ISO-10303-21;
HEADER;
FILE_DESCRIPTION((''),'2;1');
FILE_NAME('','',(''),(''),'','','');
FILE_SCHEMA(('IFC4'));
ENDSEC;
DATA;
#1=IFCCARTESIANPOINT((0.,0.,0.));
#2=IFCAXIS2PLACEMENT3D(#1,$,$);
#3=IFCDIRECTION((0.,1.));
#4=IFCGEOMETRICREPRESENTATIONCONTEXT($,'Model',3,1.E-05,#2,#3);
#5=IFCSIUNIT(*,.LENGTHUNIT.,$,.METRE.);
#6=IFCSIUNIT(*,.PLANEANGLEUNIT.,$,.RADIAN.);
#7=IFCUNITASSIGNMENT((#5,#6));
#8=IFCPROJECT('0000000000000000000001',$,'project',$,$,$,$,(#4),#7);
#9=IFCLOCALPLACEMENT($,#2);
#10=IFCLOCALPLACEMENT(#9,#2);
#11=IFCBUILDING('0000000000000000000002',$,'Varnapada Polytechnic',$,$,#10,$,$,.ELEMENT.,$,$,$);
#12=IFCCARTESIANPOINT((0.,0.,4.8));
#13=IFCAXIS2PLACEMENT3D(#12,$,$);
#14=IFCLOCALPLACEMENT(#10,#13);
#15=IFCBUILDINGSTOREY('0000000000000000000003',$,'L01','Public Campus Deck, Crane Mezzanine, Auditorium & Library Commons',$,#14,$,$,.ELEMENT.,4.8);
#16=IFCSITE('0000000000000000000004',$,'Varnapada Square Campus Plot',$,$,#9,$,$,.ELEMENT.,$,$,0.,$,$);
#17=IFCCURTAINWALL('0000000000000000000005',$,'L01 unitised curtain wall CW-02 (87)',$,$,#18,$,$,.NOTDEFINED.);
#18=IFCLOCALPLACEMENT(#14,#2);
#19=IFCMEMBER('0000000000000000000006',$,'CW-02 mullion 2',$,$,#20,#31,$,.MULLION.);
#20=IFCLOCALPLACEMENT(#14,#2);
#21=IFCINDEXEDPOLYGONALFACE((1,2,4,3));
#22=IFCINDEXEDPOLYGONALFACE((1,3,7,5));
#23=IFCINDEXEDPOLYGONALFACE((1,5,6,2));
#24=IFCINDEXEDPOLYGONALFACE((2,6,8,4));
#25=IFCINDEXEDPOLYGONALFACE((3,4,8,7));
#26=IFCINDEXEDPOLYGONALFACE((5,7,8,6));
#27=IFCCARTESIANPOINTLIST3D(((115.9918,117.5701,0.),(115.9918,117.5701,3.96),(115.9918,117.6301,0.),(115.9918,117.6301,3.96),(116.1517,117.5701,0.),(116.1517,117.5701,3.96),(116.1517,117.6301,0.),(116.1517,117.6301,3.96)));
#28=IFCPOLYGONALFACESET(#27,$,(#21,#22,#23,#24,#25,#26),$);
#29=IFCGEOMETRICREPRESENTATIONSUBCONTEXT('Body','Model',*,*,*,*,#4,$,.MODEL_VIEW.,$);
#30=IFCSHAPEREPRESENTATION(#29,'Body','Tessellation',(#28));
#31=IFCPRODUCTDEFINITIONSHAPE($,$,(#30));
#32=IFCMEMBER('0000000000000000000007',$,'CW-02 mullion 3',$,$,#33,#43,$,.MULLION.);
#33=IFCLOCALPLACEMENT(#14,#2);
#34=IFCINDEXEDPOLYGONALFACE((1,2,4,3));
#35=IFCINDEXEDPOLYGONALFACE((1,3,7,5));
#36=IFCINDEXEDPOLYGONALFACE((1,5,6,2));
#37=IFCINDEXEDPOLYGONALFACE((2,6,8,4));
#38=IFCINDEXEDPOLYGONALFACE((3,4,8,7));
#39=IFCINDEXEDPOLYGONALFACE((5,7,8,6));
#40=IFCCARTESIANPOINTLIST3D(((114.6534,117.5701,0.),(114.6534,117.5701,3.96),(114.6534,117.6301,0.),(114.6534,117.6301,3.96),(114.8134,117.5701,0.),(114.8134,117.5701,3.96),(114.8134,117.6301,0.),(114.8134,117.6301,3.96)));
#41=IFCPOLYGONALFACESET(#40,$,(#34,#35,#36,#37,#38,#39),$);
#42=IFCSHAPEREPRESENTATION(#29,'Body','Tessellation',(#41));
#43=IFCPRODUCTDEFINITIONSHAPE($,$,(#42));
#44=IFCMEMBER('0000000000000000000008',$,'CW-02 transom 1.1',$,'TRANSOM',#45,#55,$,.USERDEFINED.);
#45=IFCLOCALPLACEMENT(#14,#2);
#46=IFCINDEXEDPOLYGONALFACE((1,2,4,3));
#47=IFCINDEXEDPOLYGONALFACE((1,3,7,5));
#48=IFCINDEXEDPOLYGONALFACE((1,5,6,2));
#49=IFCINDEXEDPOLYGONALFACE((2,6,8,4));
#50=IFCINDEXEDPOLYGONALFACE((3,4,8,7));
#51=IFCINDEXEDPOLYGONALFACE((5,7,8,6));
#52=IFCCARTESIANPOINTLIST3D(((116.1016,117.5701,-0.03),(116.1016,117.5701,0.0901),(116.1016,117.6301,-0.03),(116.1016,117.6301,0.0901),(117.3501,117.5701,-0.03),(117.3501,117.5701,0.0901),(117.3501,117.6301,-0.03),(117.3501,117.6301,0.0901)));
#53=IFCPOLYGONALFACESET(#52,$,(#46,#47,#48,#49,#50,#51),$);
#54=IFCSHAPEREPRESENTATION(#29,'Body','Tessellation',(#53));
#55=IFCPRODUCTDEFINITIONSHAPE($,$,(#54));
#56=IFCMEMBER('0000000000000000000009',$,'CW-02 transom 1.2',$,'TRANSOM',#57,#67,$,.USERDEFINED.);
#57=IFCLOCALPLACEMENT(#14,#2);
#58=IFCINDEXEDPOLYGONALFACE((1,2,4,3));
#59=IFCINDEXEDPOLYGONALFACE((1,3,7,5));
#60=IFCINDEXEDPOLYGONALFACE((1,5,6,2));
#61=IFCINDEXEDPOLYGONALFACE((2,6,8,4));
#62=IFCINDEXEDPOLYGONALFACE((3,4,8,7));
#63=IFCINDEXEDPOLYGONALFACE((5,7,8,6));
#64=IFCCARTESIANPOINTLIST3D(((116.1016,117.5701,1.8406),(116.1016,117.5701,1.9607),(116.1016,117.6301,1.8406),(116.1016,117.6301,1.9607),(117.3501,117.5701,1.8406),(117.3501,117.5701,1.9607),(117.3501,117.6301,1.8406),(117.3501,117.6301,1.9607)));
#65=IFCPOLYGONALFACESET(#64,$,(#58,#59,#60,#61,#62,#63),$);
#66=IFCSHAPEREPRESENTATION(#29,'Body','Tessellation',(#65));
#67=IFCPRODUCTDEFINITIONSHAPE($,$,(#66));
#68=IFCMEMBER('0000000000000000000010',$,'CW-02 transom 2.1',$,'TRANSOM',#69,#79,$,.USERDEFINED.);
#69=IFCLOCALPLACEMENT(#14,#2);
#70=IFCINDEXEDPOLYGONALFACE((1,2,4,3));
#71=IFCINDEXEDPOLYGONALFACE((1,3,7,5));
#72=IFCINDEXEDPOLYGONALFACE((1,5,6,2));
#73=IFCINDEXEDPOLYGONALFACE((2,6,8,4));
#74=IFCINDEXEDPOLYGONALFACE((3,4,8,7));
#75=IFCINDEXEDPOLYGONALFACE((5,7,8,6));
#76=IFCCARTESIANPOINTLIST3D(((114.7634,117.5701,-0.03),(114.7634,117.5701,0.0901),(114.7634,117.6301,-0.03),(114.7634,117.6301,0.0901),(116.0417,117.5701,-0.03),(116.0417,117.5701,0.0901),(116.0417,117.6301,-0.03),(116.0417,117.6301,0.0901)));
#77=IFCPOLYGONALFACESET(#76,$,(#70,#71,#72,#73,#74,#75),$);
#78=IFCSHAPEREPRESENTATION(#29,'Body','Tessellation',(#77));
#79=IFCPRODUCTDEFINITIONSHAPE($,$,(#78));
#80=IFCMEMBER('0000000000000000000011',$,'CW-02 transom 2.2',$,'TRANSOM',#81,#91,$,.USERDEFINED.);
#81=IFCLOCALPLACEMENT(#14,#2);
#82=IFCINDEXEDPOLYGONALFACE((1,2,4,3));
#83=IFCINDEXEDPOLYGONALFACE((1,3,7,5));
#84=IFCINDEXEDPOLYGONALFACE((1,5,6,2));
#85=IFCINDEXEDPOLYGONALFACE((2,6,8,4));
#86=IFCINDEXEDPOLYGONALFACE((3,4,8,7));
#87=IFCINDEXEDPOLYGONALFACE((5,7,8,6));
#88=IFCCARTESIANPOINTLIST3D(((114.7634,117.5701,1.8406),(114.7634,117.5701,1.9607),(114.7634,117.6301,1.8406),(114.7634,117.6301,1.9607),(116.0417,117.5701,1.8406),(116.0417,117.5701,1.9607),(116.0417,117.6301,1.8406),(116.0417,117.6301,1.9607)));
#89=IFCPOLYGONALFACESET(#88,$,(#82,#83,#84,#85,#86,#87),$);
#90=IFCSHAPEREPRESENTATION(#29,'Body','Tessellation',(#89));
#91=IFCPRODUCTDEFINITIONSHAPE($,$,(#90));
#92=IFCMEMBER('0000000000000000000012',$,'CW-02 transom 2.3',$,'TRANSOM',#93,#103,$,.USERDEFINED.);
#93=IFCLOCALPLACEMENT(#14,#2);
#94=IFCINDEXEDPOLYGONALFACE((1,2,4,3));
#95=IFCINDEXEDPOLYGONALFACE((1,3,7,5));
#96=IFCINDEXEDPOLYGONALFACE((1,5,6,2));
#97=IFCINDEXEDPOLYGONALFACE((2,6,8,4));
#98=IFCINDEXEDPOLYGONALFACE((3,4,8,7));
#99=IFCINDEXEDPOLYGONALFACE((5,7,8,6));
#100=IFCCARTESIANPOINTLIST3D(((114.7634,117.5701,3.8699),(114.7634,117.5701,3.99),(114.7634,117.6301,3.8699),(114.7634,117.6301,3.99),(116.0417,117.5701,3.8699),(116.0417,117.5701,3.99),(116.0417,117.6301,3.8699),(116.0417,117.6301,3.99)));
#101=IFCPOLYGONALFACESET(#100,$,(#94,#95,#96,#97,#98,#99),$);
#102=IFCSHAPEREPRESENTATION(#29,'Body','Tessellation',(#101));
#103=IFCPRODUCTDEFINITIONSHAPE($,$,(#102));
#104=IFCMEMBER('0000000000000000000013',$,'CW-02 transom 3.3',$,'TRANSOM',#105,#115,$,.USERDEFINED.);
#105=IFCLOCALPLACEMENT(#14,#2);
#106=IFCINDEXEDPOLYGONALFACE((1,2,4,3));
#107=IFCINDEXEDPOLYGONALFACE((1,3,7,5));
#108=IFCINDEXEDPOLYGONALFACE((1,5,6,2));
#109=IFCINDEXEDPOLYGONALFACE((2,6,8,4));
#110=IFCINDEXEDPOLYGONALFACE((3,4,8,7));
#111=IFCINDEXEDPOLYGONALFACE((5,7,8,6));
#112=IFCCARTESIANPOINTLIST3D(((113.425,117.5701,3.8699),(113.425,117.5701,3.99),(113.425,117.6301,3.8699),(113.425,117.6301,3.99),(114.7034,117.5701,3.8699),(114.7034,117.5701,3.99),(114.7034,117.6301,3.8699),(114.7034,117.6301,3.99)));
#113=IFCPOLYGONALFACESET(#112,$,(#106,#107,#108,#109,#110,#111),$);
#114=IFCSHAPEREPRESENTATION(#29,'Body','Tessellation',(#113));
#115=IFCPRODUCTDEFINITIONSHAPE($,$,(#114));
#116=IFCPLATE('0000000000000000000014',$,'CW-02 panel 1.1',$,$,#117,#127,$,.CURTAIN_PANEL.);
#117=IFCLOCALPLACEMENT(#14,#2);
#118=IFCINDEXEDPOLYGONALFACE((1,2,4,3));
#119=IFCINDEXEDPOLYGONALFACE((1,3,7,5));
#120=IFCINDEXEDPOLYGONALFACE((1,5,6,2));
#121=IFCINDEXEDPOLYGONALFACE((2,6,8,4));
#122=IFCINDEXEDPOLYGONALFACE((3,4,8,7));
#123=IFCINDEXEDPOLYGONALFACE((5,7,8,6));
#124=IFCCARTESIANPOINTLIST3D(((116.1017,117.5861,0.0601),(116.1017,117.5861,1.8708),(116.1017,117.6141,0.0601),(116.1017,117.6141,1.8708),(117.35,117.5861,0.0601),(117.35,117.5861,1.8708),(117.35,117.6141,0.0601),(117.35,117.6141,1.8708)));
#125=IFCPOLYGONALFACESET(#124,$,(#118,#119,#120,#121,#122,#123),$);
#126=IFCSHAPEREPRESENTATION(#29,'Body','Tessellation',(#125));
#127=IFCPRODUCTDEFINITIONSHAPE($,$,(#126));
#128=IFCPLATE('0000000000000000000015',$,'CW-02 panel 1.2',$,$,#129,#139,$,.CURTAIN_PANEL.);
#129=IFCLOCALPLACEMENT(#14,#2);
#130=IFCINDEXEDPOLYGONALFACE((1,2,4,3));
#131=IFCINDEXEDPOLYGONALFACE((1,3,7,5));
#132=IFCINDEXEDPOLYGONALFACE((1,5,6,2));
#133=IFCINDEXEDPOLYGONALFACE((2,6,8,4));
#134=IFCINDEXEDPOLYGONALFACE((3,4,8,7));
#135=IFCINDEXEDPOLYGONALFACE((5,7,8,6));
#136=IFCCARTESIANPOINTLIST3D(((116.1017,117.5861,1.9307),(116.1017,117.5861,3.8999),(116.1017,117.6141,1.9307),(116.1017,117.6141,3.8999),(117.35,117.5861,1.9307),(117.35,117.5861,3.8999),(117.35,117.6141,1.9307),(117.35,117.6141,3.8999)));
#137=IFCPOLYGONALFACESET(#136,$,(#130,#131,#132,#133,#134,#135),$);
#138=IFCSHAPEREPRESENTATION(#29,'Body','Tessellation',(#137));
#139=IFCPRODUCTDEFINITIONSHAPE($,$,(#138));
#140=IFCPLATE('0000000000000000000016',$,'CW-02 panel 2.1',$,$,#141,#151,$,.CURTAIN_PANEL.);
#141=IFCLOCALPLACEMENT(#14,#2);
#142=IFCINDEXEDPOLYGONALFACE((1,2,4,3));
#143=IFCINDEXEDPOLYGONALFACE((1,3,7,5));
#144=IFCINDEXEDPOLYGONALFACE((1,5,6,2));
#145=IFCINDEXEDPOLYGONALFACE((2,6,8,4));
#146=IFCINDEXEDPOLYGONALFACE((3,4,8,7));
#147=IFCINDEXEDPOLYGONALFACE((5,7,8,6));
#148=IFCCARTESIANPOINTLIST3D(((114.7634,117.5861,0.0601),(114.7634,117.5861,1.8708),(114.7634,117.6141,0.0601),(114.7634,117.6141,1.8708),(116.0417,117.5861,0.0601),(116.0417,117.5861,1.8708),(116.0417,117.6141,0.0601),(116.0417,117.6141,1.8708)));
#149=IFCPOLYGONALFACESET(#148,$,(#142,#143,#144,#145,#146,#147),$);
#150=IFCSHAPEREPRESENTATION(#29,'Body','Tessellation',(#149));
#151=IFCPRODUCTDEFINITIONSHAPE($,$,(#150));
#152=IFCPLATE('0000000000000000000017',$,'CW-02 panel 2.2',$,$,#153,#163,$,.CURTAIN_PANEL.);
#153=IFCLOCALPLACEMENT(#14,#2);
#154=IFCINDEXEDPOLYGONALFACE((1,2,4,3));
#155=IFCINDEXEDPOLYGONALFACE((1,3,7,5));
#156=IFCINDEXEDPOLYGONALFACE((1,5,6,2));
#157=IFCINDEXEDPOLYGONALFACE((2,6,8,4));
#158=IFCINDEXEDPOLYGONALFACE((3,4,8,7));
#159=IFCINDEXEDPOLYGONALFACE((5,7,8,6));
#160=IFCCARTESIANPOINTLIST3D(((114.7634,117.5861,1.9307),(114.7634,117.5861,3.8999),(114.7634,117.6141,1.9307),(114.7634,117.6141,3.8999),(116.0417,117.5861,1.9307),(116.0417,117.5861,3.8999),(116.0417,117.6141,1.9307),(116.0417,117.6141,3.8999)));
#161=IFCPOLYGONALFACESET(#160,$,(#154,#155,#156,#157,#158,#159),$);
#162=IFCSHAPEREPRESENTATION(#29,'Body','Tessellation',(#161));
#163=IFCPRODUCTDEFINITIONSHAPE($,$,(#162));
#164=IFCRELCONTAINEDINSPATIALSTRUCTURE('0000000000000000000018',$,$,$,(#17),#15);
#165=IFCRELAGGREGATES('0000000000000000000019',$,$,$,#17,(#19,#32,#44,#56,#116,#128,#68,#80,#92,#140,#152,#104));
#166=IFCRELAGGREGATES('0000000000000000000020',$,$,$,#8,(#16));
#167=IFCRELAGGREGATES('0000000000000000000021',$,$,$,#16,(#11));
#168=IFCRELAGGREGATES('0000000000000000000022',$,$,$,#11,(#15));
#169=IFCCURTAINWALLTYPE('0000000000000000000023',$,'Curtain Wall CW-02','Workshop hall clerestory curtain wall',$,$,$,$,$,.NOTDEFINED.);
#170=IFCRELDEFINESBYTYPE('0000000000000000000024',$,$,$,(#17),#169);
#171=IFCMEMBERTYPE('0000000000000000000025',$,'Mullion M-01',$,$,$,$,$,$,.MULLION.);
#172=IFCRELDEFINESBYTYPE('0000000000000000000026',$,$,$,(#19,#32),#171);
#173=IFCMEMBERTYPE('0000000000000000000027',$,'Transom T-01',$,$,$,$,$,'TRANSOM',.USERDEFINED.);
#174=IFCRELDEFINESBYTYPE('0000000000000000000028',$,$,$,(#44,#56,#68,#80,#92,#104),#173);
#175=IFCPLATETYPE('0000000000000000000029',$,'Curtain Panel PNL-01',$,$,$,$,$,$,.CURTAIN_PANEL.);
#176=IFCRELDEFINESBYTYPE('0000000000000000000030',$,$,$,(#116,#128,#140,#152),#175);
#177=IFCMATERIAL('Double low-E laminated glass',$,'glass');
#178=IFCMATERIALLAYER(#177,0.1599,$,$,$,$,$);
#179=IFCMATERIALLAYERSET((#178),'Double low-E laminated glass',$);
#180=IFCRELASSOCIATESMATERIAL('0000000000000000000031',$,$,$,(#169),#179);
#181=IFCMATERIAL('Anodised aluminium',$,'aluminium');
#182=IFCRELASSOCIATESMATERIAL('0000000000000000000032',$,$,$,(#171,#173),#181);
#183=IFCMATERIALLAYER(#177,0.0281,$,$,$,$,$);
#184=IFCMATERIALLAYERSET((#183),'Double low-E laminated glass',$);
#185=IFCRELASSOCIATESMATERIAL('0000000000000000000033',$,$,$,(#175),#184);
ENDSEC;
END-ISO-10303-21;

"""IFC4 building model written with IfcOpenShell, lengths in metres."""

from ifc_helpers import new_model, si_unit, direction, frame, origin, origin_2d, place, context, subcontext, project, spatial, rectangle, extrude, material, layer, layer_set, material_profile, profile_set, type_object, element, aggregate, save


model = new_model("IFC4")

# Units and contexts
model_context = context("Model", 3, precision=1e-05, world=origin(), true_north=direction((0.0, 1.0)))
body_context = subcontext(model_context, "Body", "Model", "MODEL_VIEW")
ifc_project = project(units=[si_unit("LENGTHUNIT", "METRE"), si_unit("PLANEANGLEUNIT", "RADIAN")], contexts=[model_context])

# Site, building, storey
site_placement = place(None, origin())
site = spatial("IfcSite", under=ifc_project, at=site_placement, Name="Varnapada Square Campus Plot", CompositionType="ELEMENT", RefElevation=0.0)
building_placement = place(site_placement, origin())
building = spatial("IfcBuilding", under=site, at=building_placement, Name="Varnapada Polytechnic", CompositionType="ELEMENT")
storey_placement = place(building_placement, frame((0.0, 0.0, 4.8)))
storey = spatial("IfcBuildingStorey", under=building, at=storey_placement, Name="L01", Description="Public Campus Deck, Crane Mezzanine, Auditorium & Library Commons", CompositionType="ELEMENT", Elevation=4.8)

# Curtain wall, members, plates
ifc_material_1 = material(Name="Double low-E laminated glass", Category="glass")
ifc_layer_1 = layer(ifc_material_1, 0.1599)
ifc_layer_set_1 = layer_set([ifc_layer_1], Name="Double low-E laminated glass")
curtain_wall_type = type_object("IfcCurtainWallType", Name="Curtain Wall CW-02", Description="Workshop hall clerestory curtain wall", PredefinedType="NOTDEFINED", material=ifc_layer_set_1)
curtain_wall_placement = place(storey_placement, origin())
curtain_wall = element("IfcCurtainWall", 1, at=curtain_wall_placement, inside=storey, type_object=curtain_wall_type, Name="L01 unitised curtain wall CW-02 (87)", PredefinedType="NOTDEFINED")
ifc_material_2 = material(Name="Anodised aluminium", Category="aluminium")
ifc_material_profile_1 = material_profile(ifc_material_2, rectangle(XDim=0.0601, YDim=0.1599, at=origin_2d()), Name="ALU M60x160")
ifc_profile_set_1 = profile_set([ifc_material_profile_1], Name="Anodised aluminium")
member_type_1 = type_object("IfcMemberType", Name="Mullion M-01", PredefinedType="MULLION", material=ifc_profile_set_1)
member_1_placement = place(storey_placement, frame((116.0718, 117.6001, 0.0), z_axis=(0.0, 0.0, 1.0), x_axis=(0.0, -1.0, 0.0)))
member_1 = element("IfcMember", 2, at=member_1_placement, type_object=member_type_1, Name="CW-02 mullion 2", PredefinedType="MULLION", context=body_context, shape_type="SweptSolid", body=[
    extrude(rectangle(XDim=0.0601, YDim=0.1599, at=origin_2d()), origin(), (0.0, 0.0, 1.0), 3.96),
])
member_2_placement = place(storey_placement, frame((114.7334, 117.6001, 0.0), z_axis=(0.0, 0.0, 1.0), x_axis=(0.0, -1.0, 0.0)))
member_2 = element("IfcMember", 3, at=member_2_placement, type_object=member_type_1, Name="CW-02 mullion 3", PredefinedType="MULLION", context=body_context, shape_type="SweptSolid", body=[
    extrude(rectangle(XDim=0.0601, YDim=0.1599, at=origin_2d()), origin(), (0.0, 0.0, 1.0), 3.96),
])
ifc_material_profile_2 = material_profile(ifc_material_2, rectangle(XDim=0.0601, YDim=0.1201, at=origin_2d()), Name="ALU T60x120")
ifc_profile_set_2 = profile_set([ifc_material_profile_2], Name="Anodised aluminium")
member_type_2 = type_object("IfcMemberType", Name="Transom T-01", ElementType="TRANSOM", PredefinedType="USERDEFINED", material=ifc_profile_set_2)
member_3_placement = place(storey_placement, frame((117.3501, 117.6001, 0.03), z_axis=(-1.0, 0.0, 0.0), x_axis=(0.0, -1.0, 0.0)))
member_3 = element("IfcMember", 4, at=member_3_placement, type_object=member_type_2, Name="CW-02 transom 1.1", ObjectType="TRANSOM", PredefinedType="USERDEFINED", context=body_context, shape_type="SweptSolid", body=[
    extrude(rectangle(XDim=0.0601, YDim=0.1201, at=origin_2d()), origin(), (0.0, 0.0, 1.0), 1.2485),
])
member_4_placement = place(storey_placement, frame((117.3501, 117.6001, 1.9006), z_axis=(-1.0, 0.0, 0.0), x_axis=(0.0, -1.0, 0.0)))
member_4 = element("IfcMember", 5, at=member_4_placement, type_object=member_type_2, Name="CW-02 transom 1.2", ObjectType="TRANSOM", PredefinedType="USERDEFINED", context=body_context, shape_type="SweptSolid", body=[
    extrude(rectangle(XDim=0.0601, YDim=0.1201, at=origin_2d()), origin(), (0.0, 0.0, 1.0), 1.2485),
])
member_5_placement = place(storey_placement, frame((116.0417, 117.6001, 0.03), z_axis=(-1.0, 0.0, 0.0), x_axis=(0.0, -1.0, 0.0)))
member_5 = element("IfcMember", 6, at=member_5_placement, type_object=member_type_2, Name="CW-02 transom 2.1", ObjectType="TRANSOM", PredefinedType="USERDEFINED", context=body_context, shape_type="SweptSolid", body=[
    extrude(rectangle(XDim=0.0601, YDim=0.1201, at=origin_2d()), origin(), (0.0, 0.0, 1.0), 1.2783),
])
member_6_placement = place(storey_placement, frame((116.0417, 117.6001, 1.9006), z_axis=(-1.0, 0.0, 0.0), x_axis=(0.0, -1.0, 0.0)))
member_6 = element("IfcMember", 7, at=member_6_placement, type_object=member_type_2, Name="CW-02 transom 2.2", ObjectType="TRANSOM", PredefinedType="USERDEFINED", context=body_context, shape_type="SweptSolid", body=[
    extrude(rectangle(XDim=0.0601, YDim=0.1201, at=origin_2d()), origin(), (0.0, 0.0, 1.0), 1.2783),
])
member_7_placement = place(storey_placement, frame((116.0417, 117.6001, 3.9299), z_axis=(-1.0, 0.0, 0.0), x_axis=(0.0, -1.0, 0.0)))
member_7 = element("IfcMember", 8, at=member_7_placement, type_object=member_type_2, Name="CW-02 transom 2.3", ObjectType="TRANSOM", PredefinedType="USERDEFINED", context=body_context, shape_type="SweptSolid", body=[
    extrude(rectangle(XDim=0.0601, YDim=0.1201, at=origin_2d()), origin(), (0.0, 0.0, 1.0), 1.2783),
])
member_8_placement = place(storey_placement, frame((114.7034, 117.6001, 3.9299), z_axis=(-1.0, 0.0, 0.0), x_axis=(0.0, -1.0, 0.0)))
member_8 = element("IfcMember", 9, at=member_8_placement, type_object=member_type_2, Name="CW-02 transom 3.3", ObjectType="TRANSOM", PredefinedType="USERDEFINED", context=body_context, shape_type="SweptSolid", body=[
    extrude(rectangle(XDim=0.0601, YDim=0.1201, at=origin_2d()), origin(), (0.0, 0.0, 1.0), 1.2783),
])
ifc_layer_2 = layer(ifc_material_1, 0.0281)
ifc_layer_set_2 = layer_set([ifc_layer_2], Name="Double low-E laminated glass")
plate_type = type_object("IfcPlateType", Name="Curtain Panel PNL-01", PredefinedType="CURTAIN_PANEL", material=ifc_layer_set_2)
plate_1_placement = place(storey_placement, frame((116.7258, 117.6001, 0.0601), z_axis=(0.0, 0.0, 1.0), x_axis=(-1.0, 0.0, 0.0)))
plate_1 = element("IfcPlate", 10, at=plate_1_placement, type_object=plate_type, Name="CW-02 panel 1.1", PredefinedType="CURTAIN_PANEL", context=body_context, shape_type="SweptSolid", body=[
    extrude(rectangle(XDim=1.2483, YDim=0.0281, at=origin_2d()), origin(), (0.0, 0.0, 1.0), 1.8108),
])
plate_2_placement = place(storey_placement, frame((116.7258, 117.6001, 1.9307), z_axis=(0.0, 0.0, 1.0), x_axis=(-1.0, 0.0, 0.0)))
plate_2 = element("IfcPlate", 11, at=plate_2_placement, type_object=plate_type, Name="CW-02 panel 1.2", PredefinedType="CURTAIN_PANEL", context=body_context, shape_type="SweptSolid", body=[
    extrude(rectangle(XDim=1.2483, YDim=0.0281, at=origin_2d()), origin(), (0.0, 0.0, 1.0), 1.9692),
])
plate_3_placement = place(storey_placement, frame((115.4026, 117.6001, 0.0601), z_axis=(0.0, 0.0, 1.0), x_axis=(-1.0, 0.0, 0.0)))
plate_3 = element("IfcPlate", 12, at=plate_3_placement, type_object=plate_type, Name="CW-02 panel 2.1", PredefinedType="CURTAIN_PANEL", context=body_context, shape_type="SweptSolid", body=[
    extrude(rectangle(XDim=1.2783, YDim=0.0281, at=origin_2d()), origin(), (0.0, 0.0, 1.0), 1.8108),
])
plate_4_placement = place(storey_placement, frame((115.4026, 117.6001, 1.9307), z_axis=(0.0, 0.0, 1.0), x_axis=(-1.0, 0.0, 0.0)))
plate_4 = element("IfcPlate", 13, at=plate_4_placement, type_object=plate_type, Name="CW-02 panel 2.2", PredefinedType="CURTAIN_PANEL", context=body_context, shape_type="SweptSolid", body=[
    extrude(rectangle(XDim=1.2783, YDim=0.0281, at=origin_2d()), origin(), (0.0, 0.0, 1.0), 1.9692),
])
aggregate(curtain_wall, [member_1, member_2, member_3, member_4, plate_1, plate_2, member_5, member_6, member_7, plate_3, plate_4, member_8])

save(model, "model.ifc")
